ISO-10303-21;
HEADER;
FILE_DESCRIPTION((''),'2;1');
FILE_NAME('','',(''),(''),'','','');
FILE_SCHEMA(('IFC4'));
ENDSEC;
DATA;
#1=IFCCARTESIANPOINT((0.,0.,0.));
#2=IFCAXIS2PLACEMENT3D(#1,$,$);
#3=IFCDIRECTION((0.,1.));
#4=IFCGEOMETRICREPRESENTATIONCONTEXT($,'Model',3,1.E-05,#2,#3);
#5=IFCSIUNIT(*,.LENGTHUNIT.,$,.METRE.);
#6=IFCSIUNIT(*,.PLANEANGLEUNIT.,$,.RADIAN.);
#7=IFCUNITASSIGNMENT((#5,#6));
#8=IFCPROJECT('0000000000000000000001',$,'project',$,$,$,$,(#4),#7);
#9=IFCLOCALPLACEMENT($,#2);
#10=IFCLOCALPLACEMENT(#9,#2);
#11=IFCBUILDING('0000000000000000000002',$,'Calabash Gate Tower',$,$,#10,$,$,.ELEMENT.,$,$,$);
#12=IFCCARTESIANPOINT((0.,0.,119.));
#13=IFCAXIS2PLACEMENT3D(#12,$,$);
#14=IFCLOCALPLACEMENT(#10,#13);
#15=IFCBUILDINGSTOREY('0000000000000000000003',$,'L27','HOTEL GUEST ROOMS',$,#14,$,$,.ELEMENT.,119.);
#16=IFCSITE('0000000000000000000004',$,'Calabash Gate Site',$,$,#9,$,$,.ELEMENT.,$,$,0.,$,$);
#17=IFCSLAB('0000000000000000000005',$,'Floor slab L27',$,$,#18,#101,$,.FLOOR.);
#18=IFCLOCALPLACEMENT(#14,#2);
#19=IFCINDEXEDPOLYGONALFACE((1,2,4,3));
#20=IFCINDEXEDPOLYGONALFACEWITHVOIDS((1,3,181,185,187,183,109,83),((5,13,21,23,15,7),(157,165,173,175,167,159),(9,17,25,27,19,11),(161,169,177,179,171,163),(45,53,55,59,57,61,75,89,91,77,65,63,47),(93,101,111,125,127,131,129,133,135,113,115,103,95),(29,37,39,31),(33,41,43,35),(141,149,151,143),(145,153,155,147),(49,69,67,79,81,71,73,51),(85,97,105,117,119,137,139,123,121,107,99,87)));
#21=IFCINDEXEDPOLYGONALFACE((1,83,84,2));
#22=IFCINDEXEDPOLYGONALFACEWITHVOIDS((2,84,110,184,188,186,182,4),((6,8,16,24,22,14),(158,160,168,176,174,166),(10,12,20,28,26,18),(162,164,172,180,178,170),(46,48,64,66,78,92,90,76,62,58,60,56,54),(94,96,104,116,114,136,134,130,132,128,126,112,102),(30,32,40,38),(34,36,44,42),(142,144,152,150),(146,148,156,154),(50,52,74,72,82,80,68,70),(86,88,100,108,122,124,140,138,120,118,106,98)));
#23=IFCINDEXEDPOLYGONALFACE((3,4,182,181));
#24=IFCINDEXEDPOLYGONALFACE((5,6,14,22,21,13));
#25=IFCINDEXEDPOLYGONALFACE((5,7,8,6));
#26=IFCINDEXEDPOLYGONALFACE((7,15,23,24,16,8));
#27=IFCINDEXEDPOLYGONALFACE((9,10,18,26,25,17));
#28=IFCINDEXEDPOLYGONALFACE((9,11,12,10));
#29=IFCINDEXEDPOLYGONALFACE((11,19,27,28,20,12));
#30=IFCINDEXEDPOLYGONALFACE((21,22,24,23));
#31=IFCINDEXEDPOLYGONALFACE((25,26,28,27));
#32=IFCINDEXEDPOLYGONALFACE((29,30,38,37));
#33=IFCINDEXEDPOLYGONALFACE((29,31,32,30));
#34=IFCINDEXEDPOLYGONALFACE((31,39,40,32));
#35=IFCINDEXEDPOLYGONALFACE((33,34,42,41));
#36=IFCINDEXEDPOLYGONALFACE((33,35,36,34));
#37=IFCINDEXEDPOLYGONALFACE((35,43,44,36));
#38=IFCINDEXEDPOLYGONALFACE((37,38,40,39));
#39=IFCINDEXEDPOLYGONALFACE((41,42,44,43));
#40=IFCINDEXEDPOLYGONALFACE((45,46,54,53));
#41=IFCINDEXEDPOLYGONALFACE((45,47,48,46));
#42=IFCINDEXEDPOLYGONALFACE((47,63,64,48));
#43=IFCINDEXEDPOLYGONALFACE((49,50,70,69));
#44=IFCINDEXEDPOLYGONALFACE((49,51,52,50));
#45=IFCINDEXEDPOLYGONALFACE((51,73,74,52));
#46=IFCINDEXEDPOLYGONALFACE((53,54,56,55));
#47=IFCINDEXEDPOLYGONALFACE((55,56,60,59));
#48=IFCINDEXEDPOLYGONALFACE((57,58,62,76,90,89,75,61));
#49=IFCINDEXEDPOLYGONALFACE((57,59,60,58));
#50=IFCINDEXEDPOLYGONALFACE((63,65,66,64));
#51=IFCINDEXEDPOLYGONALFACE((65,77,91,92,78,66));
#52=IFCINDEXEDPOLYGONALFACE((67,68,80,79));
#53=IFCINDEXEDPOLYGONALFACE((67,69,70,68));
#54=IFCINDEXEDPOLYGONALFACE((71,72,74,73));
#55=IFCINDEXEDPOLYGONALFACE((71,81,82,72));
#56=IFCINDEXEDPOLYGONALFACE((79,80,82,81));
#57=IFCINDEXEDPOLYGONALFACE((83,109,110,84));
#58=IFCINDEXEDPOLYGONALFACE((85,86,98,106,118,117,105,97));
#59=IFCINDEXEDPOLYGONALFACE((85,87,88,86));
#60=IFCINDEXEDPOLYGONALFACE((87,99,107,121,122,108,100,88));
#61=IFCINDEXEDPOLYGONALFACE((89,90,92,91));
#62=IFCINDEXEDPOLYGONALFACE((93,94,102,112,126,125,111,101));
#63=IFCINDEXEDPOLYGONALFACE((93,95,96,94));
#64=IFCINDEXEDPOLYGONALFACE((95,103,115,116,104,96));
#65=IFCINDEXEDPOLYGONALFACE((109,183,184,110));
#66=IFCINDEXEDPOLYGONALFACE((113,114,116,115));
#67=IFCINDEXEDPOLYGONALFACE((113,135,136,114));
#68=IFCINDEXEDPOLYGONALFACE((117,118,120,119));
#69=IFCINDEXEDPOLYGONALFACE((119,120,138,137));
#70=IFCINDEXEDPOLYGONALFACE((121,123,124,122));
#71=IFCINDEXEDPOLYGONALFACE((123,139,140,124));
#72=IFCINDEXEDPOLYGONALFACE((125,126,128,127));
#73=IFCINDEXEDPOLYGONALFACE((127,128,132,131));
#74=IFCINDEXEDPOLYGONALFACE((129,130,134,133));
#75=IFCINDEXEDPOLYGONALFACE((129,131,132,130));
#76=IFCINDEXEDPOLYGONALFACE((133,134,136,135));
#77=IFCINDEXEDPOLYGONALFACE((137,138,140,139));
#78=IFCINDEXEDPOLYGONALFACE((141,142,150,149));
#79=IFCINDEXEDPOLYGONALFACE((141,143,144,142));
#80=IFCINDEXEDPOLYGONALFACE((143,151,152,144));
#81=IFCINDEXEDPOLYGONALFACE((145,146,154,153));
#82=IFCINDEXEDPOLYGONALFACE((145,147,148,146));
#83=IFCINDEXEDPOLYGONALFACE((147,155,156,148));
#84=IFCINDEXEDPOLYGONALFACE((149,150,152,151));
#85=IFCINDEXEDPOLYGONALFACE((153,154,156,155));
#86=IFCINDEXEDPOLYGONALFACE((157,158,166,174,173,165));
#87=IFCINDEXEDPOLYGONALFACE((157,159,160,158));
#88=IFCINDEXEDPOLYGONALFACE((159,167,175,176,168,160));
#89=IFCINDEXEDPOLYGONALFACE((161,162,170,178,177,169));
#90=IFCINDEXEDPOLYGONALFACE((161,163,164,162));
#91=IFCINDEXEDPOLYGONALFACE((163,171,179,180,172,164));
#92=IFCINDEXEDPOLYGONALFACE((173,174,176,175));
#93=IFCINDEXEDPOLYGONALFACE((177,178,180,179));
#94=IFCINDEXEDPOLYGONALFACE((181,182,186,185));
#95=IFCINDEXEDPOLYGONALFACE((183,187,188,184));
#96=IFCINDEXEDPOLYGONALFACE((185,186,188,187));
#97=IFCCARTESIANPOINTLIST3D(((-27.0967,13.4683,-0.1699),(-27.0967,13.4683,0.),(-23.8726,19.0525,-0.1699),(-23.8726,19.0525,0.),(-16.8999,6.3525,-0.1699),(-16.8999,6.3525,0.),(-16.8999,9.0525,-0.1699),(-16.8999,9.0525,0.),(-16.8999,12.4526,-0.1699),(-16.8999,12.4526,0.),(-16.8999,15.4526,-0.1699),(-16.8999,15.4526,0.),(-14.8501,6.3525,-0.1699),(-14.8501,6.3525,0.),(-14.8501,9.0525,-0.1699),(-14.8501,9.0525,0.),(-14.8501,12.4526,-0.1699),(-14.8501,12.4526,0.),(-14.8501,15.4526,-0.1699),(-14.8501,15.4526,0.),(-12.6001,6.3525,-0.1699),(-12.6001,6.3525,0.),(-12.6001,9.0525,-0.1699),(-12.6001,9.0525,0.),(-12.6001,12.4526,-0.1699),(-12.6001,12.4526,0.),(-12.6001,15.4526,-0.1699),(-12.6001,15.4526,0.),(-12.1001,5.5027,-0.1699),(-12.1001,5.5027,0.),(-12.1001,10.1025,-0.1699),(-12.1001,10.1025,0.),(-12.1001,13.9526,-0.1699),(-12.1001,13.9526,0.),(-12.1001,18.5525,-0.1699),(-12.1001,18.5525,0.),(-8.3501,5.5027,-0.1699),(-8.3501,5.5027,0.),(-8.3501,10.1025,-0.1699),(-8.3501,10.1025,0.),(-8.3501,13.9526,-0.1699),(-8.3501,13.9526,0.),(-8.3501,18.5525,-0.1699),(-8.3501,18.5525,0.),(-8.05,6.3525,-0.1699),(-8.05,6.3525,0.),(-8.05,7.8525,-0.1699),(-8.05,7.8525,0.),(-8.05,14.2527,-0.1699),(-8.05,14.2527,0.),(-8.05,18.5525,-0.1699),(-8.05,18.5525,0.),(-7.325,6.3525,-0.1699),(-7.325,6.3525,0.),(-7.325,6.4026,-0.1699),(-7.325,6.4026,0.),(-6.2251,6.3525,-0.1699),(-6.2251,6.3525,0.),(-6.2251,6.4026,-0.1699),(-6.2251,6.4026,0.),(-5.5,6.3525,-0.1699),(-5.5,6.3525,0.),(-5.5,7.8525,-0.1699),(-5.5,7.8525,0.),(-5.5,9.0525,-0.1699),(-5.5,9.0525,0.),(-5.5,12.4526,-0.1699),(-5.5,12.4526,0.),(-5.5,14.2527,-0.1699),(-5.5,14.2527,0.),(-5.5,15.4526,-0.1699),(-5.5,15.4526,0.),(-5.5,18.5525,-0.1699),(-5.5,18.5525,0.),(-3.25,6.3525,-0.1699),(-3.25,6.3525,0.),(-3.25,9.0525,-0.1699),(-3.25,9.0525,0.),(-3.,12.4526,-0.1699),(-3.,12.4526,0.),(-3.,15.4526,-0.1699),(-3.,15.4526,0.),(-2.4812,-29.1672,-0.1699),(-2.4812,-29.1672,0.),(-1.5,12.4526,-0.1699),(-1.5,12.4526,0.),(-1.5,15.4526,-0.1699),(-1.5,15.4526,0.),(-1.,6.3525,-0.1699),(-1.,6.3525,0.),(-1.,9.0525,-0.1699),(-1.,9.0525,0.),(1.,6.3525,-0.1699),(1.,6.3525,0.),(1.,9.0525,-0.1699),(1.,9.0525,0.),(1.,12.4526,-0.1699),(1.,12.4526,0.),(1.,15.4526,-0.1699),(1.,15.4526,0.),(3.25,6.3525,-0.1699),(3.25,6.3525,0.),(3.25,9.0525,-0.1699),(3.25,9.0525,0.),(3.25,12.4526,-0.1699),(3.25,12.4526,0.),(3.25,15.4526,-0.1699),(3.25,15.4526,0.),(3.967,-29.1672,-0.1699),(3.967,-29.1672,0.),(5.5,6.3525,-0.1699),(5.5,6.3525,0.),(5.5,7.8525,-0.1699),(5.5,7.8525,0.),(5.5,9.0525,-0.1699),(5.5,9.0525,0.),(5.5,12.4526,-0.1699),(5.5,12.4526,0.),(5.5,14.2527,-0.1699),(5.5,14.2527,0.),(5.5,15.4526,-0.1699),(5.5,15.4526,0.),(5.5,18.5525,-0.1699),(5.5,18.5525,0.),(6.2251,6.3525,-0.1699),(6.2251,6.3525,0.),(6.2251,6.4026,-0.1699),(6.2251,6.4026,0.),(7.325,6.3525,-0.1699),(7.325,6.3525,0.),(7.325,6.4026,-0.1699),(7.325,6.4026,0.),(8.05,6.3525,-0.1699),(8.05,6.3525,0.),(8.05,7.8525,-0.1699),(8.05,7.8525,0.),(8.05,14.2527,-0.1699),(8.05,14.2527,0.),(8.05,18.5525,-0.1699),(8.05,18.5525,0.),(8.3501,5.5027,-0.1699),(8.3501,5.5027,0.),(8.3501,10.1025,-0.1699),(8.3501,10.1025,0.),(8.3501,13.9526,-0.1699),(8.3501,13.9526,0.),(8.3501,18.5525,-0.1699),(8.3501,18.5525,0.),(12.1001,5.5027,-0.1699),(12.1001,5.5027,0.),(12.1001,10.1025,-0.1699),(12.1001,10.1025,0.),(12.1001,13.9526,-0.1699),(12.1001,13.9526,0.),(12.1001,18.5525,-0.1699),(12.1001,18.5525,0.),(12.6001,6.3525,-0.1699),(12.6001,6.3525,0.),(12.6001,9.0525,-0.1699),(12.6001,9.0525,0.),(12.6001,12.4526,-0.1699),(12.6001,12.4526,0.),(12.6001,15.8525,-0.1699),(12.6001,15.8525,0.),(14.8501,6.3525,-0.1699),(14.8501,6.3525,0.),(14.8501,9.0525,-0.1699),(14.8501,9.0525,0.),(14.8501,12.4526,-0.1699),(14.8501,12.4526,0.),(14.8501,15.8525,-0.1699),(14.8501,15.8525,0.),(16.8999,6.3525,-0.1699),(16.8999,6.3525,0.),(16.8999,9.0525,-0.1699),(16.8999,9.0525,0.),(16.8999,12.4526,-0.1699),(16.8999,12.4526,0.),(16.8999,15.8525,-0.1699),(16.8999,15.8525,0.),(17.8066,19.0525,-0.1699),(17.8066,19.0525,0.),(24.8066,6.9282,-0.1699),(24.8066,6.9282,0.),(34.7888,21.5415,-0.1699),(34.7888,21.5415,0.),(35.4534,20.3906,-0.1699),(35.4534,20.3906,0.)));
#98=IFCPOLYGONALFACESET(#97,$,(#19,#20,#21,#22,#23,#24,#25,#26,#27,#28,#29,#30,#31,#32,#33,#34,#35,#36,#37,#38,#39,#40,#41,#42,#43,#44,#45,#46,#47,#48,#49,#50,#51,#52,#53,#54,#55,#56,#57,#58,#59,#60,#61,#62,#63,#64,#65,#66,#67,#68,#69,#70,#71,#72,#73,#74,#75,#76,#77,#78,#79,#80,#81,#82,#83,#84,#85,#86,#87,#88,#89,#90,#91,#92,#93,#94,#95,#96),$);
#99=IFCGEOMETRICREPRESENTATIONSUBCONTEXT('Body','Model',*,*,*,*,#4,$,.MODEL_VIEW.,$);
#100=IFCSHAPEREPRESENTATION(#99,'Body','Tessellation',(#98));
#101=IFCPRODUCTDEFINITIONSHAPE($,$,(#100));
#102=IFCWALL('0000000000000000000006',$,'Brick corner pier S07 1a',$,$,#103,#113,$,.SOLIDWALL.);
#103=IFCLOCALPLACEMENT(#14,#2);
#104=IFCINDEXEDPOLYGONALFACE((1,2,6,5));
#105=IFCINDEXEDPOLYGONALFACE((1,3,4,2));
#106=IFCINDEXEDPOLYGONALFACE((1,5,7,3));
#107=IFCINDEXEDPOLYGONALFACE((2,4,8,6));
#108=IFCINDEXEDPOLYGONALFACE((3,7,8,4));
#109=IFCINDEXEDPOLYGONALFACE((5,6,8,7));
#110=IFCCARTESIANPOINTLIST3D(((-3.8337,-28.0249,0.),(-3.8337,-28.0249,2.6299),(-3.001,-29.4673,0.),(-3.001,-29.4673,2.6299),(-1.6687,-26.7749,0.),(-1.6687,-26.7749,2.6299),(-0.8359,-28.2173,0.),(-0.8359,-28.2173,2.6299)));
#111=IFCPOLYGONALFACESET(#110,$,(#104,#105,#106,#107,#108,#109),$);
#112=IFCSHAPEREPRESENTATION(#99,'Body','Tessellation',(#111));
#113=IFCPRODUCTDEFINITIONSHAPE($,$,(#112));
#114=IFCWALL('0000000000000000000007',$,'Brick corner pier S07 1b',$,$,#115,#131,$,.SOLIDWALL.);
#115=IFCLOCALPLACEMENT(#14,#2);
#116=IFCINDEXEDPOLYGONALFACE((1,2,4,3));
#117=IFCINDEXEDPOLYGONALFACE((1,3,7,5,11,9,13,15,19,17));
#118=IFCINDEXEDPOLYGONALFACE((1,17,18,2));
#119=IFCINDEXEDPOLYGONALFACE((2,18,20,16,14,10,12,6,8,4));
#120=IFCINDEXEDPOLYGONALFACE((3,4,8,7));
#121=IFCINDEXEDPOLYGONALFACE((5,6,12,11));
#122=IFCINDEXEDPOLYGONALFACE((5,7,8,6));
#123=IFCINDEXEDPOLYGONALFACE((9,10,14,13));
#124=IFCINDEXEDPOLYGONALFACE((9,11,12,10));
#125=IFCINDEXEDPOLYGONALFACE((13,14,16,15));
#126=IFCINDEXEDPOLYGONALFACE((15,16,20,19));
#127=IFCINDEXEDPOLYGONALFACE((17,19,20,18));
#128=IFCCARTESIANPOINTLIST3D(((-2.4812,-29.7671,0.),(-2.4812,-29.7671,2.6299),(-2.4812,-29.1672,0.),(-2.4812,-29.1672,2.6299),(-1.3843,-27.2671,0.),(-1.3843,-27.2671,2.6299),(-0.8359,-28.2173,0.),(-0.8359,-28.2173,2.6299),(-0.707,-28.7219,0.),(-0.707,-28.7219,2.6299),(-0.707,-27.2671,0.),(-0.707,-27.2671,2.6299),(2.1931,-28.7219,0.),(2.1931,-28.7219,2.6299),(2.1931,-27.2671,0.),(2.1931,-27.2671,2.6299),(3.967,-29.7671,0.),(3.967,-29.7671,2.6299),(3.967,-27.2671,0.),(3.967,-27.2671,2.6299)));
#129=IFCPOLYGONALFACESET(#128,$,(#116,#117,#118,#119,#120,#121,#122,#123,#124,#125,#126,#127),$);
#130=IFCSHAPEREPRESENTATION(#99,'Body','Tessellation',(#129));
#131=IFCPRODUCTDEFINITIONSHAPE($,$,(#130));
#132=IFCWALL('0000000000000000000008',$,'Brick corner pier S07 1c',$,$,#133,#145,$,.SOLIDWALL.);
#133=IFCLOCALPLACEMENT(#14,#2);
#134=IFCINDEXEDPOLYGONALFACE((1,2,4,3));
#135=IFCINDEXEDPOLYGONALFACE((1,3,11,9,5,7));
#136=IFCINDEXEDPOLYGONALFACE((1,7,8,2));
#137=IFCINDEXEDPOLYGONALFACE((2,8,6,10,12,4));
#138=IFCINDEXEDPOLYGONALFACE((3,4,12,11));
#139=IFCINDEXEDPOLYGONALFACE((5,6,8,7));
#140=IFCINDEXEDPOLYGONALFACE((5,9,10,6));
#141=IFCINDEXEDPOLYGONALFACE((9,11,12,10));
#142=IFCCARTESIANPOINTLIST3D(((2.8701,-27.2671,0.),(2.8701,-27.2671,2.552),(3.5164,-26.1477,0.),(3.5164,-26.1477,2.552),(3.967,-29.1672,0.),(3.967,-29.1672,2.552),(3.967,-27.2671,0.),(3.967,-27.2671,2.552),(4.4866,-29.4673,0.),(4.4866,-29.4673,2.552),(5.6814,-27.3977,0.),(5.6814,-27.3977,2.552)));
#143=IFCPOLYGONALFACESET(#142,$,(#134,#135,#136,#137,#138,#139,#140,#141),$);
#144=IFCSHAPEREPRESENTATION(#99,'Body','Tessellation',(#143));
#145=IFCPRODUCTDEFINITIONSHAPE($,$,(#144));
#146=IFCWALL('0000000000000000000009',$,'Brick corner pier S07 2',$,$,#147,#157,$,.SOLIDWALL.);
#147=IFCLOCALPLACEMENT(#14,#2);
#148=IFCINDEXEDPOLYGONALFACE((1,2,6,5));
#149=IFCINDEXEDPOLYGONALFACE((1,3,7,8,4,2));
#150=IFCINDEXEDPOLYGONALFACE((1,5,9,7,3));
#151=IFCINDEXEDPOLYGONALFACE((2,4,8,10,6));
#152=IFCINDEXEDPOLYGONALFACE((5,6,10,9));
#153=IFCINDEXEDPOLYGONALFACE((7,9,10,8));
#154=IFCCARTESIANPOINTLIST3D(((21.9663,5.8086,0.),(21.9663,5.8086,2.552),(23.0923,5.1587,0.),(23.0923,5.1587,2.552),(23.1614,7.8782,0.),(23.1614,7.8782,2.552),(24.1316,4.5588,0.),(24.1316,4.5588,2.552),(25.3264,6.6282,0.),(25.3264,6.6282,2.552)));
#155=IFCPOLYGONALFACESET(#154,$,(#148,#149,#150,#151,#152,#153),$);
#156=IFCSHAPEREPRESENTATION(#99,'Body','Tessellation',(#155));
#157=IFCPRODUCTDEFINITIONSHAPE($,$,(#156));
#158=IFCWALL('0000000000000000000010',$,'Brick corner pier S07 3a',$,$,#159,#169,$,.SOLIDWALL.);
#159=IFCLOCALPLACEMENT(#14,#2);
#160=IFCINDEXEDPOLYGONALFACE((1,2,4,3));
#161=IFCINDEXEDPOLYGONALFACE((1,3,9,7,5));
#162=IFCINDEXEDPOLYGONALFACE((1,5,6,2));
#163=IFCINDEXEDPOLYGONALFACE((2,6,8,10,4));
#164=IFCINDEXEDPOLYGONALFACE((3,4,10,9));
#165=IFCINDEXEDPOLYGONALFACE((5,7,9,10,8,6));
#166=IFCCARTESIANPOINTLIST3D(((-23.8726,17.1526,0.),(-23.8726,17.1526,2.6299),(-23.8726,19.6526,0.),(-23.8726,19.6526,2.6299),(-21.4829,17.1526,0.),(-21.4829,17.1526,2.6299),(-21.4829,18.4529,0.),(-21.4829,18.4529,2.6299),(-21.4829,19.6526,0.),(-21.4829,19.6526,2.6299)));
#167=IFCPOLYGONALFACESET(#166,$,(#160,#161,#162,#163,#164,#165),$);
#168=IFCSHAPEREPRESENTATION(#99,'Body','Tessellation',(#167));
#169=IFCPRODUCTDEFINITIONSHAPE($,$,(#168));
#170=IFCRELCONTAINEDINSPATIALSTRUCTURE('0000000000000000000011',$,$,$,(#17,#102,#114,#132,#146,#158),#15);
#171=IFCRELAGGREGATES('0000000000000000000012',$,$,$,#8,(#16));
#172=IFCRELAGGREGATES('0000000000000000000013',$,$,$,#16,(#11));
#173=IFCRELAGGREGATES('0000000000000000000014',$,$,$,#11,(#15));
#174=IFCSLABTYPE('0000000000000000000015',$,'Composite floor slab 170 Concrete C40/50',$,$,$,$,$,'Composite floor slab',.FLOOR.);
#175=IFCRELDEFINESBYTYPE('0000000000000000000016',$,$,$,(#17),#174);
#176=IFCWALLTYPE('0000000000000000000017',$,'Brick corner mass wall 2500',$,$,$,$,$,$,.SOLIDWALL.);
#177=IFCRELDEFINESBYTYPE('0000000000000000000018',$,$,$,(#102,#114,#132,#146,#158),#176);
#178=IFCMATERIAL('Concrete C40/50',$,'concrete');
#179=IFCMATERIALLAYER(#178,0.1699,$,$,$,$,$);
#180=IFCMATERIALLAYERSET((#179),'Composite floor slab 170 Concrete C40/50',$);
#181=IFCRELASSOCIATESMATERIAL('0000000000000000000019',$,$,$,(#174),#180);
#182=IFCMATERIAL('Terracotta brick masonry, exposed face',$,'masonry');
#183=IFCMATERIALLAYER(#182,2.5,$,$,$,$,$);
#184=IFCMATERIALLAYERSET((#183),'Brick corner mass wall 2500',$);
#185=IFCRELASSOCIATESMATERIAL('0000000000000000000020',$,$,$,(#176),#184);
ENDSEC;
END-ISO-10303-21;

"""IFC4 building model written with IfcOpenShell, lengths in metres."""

from ifc_helpers import new_model, si_unit, direction, frame, origin, place, context, subcontext, project, spatial, polyline, outline, extrude, material, layer, layer_set, type_object, element, save


model = new_model("IFC4")

# Units and contexts
model_context = context("Model", 3, precision=1e-05, world=origin(), true_north=direction((0.0, 1.0)))
body_context = subcontext(model_context, "Body", "Model", "MODEL_VIEW")
ifc_project = project(units=[si_unit("LENGTHUNIT", "METRE"), si_unit("PLANEANGLEUNIT", "RADIAN")], contexts=[model_context])

# Site, building, storey
site_placement = place(None, origin())
site = spatial("IfcSite", under=ifc_project, at=site_placement, Name="Calabash Gate Site", CompositionType="ELEMENT", RefElevation=0.0)
building_placement = place(site_placement, origin())
building = spatial("IfcBuilding", under=site, at=building_placement, Name="Calabash Gate Tower", CompositionType="ELEMENT")
storey_placement = place(building_placement, frame((0.0, 0.0, 119.0)))
storey = spatial("IfcBuildingStorey", under=building, at=storey_placement, Name="L27", Description="HOTEL GUEST ROOMS", CompositionType="ELEMENT", Elevation=119.0)

# Slab
ifc_material_1 = material(Name="Concrete C40/50", Category="concrete")
ifc_layer_1 = layer(ifc_material_1, 0.1699)
ifc_layer_set_1 = layer_set([ifc_layer_1], Name="Composite floor slab 170 Concrete C40/50")
slab_type = type_object("IfcSlabType", Name="Composite floor slab 170 Concrete C40/50", ElementType="Composite floor slab", PredefinedType="FLOOR", material=ifc_layer_set_1)
slab_placement = place(storey_placement, frame((0.0, 0.0, -0.1699)))
element("IfcSlab", 1, at=slab_placement, inside=storey, type_object=slab_type, Name="Floor slab L27", PredefinedType="FLOOR", context=body_context, shape_type="SweptSolid", body=[
    extrude(outline(polyline([(-27.0967, 13.4683), (-23.8726, 19.0525), (17.8066, 19.0525), (34.7888, 21.5415), (35.4534, 20.3906), (24.8066, 6.9282), (3.967, -29.1672), (-2.4812, -29.1672), (-27.0967, 13.4683)]), holes=[polyline([(-5.5, 9.0525), (-5.5, 7.8525), (-8.05, 7.8525), (-8.05, 6.3525), (-7.325, 6.3525), (-7.325, 6.4026), (-6.2251, 6.4026), (-6.2251, 6.3525), (-5.5, 6.3525), (-3.25, 6.3525), (-1.0, 6.3525), (-1.0, 9.0525), (-3.25, 9.0525), (-5.5, 9.0525)]), polyline([(5.5, 9.0525), (3.25, 9.0525), (1.0, 9.0525), (1.0, 6.3525), (3.25, 6.3525), (5.5, 6.3525), (6.2251, 6.3525), (6.2251, 6.4026), (7.325, 6.4026), (7.325, 6.3525), (8.05, 6.3525), (8.05, 7.8525), (5.5, 7.8525), (5.5, 9.0525)]), polyline([(-5.5, 14.2527), (-5.5, 12.4526), (-3.0, 12.4526), (-3.0, 15.4526), (-5.5, 15.4526), (-5.5, 18.5525), (-8.05, 18.5525), (-8.05, 14.2527), (-5.5, 14.2527)]), polyline([(8.05, 18.5525), (5.5, 18.5525), (5.5, 15.4526), (3.25, 15.4526), (1.0, 15.4526), (-1.5, 15.4526), (-1.5, 12.4526), (1.0, 12.4526), (3.25, 12.4526), (5.5, 12.4526), (5.5, 14.2527), (8.05, 14.2527), (8.05, 18.5525)]), polyline([(-12.6001, 6.3525), (-12.6001, 9.0525), (-14.8501, 9.0525), (-16.8999, 9.0525), (-16.8999, 6.3525), (-14.8501, 6.3525), (-12.6001, 6.3525)]), polyline([(-14.8501, 12.4526), (-12.6001, 12.4526), (-12.6001, 15.4526), (-14.8501, 15.4526), (-16.8999, 15.4526), (-16.8999, 12.4526), (-14.8501, 12.4526)]), polyline([(14.8501, 6.3525), (16.8999, 6.3525), (16.8999, 9.0525), (14.8501, 9.0525), (12.6001, 9.0525), (12.6001, 6.3525), (14.8501, 6.3525)]), polyline([(14.8501, 12.4526), (16.8999, 12.4526), (16.8999, 15.8525), (14.8501, 15.8525), (12.6001, 15.8525), (12.6001, 12.4526), (14.8501, 12.4526)]), polyline([(-8.3501, 18.5525), (-12.1001, 18.5525), (-12.1001, 13.9526), (-8.3501, 13.9526), (-8.3501, 18.5525)]), polyline([(-12.1001, 10.1025), (-12.1001, 5.5027), (-8.3501, 5.5027), (-8.3501, 10.1025), (-12.1001, 10.1025)]), polyline([(8.3501, 13.9526), (12.1001, 13.9526), (12.1001, 18.5525), (8.3501, 18.5525), (8.3501, 13.9526)]), polyline([(12.1001, 5.5027), (12.1001, 10.1025), (8.3501, 10.1025), (8.3501, 5.5027), (12.1001, 5.5027)])]), origin(), (0.0, 0.0, 1.0), 0.1699),
])

# Walls
ifc_material_2 = material(Name="Terracotta brick masonry, exposed face", Category="masonry")
ifc_layer_2 = layer(ifc_material_2, 2.5)
ifc_layer_set_2 = layer_set([ifc_layer_2], Name="Brick corner mass wall 2500")
wall_type_1 = type_object("IfcWallType", Name="Brick corner mass wall 2500", PredefinedType="SOLIDWALL", material=ifc_layer_set_2)
wall_1_placement = place(storey_placement, origin())
element("IfcWall", 2, at=wall_1_placement, inside=storey, type_object=wall_type_1, Name="Brick corner pier S07 1a", PredefinedType="SOLIDWALL", context=body_context, shape_type="SweptSolid", body=[
    extrude(outline(polyline([(-0.8359, -28.2173), (-1.6687, -26.7749), (-3.8337, -28.0249), (-3.001, -29.4673), (-0.8359, -28.2173)])), origin(), (0.0, 0.0, 1.0), 2.6299),
])
wall_2_placement = place(storey_placement, origin())
element("IfcWall", 3, at=wall_2_placement, inside=storey, type_object=wall_type_1, Name="Brick corner pier S07 1b", PredefinedType="SOLIDWALL", context=body_context, shape_type="SweptSolid", body=[
    extrude(outline(polyline([(-1.3843, -27.2671), (-0.8359, -28.2173), (-2.4812, -29.1672), (-2.4812, -29.7671), (3.967, -29.7671), (3.967, -27.2671), (2.1931, -27.2671), (2.1931, -28.7219), (-0.707, -28.7219), (-0.707, -27.2671), (-1.3843, -27.2671)])), origin(), (0.0, 0.0, 1.0), 2.6299),
])
wall_3_placement = place(storey_placement, origin())
element("IfcWall", 4, at=wall_3_placement, inside=storey, type_object=wall_type_1, Name="Brick corner pier S07 1c", PredefinedType="SOLIDWALL", context=body_context, shape_type="SweptSolid", body=[
    extrude(outline(polyline([(5.6814, -27.3977), (3.5164, -26.1477), (2.8701, -27.2671), (3.967, -27.2671), (3.967, -29.1672), (4.4866, -29.4673), (5.6814, -27.3977)])), origin(), (0.0, 0.0, 1.0), 2.552),
])
wall_4_placement = place(storey_placement, origin())
element("IfcWall", 5, at=wall_4_placement, inside=storey, type_object=wall_type_1, Name="Brick corner pier S07 2", PredefinedType="SOLIDWALL", context=body_context, shape_type="SweptSolid", body=[
    extrude(outline(polyline([(21.9663, 5.8086), (23.0923, 5.1587), (23.0923, 5.1587), (24.1316, 4.5588), (25.3264, 6.6282), (23.1614, 7.8782), (21.9663, 5.8086)])), origin(), (0.0, 0.0, 1.0), 2.552),
])
wall_5_placement = place(storey_placement, origin())
element("IfcWall", 6, at=wall_5_placement, inside=storey, type_object=wall_type_1, Name="Brick corner pier S07 3a", PredefinedType="SOLIDWALL", context=body_context, shape_type="SweptSolid", body=[
    extrude(outline(polyline([(-23.8726, 17.1526), (-21.4829, 17.1526), (-21.4829, 18.4529), (-21.4829, 18.4529), (-21.4829, 19.6526), (-23.8726, 19.6526), (-23.8726, 17.1526)])), origin(), (0.0, 0.0, 1.0), 2.6299),
])

save(model, "model.ifc")
